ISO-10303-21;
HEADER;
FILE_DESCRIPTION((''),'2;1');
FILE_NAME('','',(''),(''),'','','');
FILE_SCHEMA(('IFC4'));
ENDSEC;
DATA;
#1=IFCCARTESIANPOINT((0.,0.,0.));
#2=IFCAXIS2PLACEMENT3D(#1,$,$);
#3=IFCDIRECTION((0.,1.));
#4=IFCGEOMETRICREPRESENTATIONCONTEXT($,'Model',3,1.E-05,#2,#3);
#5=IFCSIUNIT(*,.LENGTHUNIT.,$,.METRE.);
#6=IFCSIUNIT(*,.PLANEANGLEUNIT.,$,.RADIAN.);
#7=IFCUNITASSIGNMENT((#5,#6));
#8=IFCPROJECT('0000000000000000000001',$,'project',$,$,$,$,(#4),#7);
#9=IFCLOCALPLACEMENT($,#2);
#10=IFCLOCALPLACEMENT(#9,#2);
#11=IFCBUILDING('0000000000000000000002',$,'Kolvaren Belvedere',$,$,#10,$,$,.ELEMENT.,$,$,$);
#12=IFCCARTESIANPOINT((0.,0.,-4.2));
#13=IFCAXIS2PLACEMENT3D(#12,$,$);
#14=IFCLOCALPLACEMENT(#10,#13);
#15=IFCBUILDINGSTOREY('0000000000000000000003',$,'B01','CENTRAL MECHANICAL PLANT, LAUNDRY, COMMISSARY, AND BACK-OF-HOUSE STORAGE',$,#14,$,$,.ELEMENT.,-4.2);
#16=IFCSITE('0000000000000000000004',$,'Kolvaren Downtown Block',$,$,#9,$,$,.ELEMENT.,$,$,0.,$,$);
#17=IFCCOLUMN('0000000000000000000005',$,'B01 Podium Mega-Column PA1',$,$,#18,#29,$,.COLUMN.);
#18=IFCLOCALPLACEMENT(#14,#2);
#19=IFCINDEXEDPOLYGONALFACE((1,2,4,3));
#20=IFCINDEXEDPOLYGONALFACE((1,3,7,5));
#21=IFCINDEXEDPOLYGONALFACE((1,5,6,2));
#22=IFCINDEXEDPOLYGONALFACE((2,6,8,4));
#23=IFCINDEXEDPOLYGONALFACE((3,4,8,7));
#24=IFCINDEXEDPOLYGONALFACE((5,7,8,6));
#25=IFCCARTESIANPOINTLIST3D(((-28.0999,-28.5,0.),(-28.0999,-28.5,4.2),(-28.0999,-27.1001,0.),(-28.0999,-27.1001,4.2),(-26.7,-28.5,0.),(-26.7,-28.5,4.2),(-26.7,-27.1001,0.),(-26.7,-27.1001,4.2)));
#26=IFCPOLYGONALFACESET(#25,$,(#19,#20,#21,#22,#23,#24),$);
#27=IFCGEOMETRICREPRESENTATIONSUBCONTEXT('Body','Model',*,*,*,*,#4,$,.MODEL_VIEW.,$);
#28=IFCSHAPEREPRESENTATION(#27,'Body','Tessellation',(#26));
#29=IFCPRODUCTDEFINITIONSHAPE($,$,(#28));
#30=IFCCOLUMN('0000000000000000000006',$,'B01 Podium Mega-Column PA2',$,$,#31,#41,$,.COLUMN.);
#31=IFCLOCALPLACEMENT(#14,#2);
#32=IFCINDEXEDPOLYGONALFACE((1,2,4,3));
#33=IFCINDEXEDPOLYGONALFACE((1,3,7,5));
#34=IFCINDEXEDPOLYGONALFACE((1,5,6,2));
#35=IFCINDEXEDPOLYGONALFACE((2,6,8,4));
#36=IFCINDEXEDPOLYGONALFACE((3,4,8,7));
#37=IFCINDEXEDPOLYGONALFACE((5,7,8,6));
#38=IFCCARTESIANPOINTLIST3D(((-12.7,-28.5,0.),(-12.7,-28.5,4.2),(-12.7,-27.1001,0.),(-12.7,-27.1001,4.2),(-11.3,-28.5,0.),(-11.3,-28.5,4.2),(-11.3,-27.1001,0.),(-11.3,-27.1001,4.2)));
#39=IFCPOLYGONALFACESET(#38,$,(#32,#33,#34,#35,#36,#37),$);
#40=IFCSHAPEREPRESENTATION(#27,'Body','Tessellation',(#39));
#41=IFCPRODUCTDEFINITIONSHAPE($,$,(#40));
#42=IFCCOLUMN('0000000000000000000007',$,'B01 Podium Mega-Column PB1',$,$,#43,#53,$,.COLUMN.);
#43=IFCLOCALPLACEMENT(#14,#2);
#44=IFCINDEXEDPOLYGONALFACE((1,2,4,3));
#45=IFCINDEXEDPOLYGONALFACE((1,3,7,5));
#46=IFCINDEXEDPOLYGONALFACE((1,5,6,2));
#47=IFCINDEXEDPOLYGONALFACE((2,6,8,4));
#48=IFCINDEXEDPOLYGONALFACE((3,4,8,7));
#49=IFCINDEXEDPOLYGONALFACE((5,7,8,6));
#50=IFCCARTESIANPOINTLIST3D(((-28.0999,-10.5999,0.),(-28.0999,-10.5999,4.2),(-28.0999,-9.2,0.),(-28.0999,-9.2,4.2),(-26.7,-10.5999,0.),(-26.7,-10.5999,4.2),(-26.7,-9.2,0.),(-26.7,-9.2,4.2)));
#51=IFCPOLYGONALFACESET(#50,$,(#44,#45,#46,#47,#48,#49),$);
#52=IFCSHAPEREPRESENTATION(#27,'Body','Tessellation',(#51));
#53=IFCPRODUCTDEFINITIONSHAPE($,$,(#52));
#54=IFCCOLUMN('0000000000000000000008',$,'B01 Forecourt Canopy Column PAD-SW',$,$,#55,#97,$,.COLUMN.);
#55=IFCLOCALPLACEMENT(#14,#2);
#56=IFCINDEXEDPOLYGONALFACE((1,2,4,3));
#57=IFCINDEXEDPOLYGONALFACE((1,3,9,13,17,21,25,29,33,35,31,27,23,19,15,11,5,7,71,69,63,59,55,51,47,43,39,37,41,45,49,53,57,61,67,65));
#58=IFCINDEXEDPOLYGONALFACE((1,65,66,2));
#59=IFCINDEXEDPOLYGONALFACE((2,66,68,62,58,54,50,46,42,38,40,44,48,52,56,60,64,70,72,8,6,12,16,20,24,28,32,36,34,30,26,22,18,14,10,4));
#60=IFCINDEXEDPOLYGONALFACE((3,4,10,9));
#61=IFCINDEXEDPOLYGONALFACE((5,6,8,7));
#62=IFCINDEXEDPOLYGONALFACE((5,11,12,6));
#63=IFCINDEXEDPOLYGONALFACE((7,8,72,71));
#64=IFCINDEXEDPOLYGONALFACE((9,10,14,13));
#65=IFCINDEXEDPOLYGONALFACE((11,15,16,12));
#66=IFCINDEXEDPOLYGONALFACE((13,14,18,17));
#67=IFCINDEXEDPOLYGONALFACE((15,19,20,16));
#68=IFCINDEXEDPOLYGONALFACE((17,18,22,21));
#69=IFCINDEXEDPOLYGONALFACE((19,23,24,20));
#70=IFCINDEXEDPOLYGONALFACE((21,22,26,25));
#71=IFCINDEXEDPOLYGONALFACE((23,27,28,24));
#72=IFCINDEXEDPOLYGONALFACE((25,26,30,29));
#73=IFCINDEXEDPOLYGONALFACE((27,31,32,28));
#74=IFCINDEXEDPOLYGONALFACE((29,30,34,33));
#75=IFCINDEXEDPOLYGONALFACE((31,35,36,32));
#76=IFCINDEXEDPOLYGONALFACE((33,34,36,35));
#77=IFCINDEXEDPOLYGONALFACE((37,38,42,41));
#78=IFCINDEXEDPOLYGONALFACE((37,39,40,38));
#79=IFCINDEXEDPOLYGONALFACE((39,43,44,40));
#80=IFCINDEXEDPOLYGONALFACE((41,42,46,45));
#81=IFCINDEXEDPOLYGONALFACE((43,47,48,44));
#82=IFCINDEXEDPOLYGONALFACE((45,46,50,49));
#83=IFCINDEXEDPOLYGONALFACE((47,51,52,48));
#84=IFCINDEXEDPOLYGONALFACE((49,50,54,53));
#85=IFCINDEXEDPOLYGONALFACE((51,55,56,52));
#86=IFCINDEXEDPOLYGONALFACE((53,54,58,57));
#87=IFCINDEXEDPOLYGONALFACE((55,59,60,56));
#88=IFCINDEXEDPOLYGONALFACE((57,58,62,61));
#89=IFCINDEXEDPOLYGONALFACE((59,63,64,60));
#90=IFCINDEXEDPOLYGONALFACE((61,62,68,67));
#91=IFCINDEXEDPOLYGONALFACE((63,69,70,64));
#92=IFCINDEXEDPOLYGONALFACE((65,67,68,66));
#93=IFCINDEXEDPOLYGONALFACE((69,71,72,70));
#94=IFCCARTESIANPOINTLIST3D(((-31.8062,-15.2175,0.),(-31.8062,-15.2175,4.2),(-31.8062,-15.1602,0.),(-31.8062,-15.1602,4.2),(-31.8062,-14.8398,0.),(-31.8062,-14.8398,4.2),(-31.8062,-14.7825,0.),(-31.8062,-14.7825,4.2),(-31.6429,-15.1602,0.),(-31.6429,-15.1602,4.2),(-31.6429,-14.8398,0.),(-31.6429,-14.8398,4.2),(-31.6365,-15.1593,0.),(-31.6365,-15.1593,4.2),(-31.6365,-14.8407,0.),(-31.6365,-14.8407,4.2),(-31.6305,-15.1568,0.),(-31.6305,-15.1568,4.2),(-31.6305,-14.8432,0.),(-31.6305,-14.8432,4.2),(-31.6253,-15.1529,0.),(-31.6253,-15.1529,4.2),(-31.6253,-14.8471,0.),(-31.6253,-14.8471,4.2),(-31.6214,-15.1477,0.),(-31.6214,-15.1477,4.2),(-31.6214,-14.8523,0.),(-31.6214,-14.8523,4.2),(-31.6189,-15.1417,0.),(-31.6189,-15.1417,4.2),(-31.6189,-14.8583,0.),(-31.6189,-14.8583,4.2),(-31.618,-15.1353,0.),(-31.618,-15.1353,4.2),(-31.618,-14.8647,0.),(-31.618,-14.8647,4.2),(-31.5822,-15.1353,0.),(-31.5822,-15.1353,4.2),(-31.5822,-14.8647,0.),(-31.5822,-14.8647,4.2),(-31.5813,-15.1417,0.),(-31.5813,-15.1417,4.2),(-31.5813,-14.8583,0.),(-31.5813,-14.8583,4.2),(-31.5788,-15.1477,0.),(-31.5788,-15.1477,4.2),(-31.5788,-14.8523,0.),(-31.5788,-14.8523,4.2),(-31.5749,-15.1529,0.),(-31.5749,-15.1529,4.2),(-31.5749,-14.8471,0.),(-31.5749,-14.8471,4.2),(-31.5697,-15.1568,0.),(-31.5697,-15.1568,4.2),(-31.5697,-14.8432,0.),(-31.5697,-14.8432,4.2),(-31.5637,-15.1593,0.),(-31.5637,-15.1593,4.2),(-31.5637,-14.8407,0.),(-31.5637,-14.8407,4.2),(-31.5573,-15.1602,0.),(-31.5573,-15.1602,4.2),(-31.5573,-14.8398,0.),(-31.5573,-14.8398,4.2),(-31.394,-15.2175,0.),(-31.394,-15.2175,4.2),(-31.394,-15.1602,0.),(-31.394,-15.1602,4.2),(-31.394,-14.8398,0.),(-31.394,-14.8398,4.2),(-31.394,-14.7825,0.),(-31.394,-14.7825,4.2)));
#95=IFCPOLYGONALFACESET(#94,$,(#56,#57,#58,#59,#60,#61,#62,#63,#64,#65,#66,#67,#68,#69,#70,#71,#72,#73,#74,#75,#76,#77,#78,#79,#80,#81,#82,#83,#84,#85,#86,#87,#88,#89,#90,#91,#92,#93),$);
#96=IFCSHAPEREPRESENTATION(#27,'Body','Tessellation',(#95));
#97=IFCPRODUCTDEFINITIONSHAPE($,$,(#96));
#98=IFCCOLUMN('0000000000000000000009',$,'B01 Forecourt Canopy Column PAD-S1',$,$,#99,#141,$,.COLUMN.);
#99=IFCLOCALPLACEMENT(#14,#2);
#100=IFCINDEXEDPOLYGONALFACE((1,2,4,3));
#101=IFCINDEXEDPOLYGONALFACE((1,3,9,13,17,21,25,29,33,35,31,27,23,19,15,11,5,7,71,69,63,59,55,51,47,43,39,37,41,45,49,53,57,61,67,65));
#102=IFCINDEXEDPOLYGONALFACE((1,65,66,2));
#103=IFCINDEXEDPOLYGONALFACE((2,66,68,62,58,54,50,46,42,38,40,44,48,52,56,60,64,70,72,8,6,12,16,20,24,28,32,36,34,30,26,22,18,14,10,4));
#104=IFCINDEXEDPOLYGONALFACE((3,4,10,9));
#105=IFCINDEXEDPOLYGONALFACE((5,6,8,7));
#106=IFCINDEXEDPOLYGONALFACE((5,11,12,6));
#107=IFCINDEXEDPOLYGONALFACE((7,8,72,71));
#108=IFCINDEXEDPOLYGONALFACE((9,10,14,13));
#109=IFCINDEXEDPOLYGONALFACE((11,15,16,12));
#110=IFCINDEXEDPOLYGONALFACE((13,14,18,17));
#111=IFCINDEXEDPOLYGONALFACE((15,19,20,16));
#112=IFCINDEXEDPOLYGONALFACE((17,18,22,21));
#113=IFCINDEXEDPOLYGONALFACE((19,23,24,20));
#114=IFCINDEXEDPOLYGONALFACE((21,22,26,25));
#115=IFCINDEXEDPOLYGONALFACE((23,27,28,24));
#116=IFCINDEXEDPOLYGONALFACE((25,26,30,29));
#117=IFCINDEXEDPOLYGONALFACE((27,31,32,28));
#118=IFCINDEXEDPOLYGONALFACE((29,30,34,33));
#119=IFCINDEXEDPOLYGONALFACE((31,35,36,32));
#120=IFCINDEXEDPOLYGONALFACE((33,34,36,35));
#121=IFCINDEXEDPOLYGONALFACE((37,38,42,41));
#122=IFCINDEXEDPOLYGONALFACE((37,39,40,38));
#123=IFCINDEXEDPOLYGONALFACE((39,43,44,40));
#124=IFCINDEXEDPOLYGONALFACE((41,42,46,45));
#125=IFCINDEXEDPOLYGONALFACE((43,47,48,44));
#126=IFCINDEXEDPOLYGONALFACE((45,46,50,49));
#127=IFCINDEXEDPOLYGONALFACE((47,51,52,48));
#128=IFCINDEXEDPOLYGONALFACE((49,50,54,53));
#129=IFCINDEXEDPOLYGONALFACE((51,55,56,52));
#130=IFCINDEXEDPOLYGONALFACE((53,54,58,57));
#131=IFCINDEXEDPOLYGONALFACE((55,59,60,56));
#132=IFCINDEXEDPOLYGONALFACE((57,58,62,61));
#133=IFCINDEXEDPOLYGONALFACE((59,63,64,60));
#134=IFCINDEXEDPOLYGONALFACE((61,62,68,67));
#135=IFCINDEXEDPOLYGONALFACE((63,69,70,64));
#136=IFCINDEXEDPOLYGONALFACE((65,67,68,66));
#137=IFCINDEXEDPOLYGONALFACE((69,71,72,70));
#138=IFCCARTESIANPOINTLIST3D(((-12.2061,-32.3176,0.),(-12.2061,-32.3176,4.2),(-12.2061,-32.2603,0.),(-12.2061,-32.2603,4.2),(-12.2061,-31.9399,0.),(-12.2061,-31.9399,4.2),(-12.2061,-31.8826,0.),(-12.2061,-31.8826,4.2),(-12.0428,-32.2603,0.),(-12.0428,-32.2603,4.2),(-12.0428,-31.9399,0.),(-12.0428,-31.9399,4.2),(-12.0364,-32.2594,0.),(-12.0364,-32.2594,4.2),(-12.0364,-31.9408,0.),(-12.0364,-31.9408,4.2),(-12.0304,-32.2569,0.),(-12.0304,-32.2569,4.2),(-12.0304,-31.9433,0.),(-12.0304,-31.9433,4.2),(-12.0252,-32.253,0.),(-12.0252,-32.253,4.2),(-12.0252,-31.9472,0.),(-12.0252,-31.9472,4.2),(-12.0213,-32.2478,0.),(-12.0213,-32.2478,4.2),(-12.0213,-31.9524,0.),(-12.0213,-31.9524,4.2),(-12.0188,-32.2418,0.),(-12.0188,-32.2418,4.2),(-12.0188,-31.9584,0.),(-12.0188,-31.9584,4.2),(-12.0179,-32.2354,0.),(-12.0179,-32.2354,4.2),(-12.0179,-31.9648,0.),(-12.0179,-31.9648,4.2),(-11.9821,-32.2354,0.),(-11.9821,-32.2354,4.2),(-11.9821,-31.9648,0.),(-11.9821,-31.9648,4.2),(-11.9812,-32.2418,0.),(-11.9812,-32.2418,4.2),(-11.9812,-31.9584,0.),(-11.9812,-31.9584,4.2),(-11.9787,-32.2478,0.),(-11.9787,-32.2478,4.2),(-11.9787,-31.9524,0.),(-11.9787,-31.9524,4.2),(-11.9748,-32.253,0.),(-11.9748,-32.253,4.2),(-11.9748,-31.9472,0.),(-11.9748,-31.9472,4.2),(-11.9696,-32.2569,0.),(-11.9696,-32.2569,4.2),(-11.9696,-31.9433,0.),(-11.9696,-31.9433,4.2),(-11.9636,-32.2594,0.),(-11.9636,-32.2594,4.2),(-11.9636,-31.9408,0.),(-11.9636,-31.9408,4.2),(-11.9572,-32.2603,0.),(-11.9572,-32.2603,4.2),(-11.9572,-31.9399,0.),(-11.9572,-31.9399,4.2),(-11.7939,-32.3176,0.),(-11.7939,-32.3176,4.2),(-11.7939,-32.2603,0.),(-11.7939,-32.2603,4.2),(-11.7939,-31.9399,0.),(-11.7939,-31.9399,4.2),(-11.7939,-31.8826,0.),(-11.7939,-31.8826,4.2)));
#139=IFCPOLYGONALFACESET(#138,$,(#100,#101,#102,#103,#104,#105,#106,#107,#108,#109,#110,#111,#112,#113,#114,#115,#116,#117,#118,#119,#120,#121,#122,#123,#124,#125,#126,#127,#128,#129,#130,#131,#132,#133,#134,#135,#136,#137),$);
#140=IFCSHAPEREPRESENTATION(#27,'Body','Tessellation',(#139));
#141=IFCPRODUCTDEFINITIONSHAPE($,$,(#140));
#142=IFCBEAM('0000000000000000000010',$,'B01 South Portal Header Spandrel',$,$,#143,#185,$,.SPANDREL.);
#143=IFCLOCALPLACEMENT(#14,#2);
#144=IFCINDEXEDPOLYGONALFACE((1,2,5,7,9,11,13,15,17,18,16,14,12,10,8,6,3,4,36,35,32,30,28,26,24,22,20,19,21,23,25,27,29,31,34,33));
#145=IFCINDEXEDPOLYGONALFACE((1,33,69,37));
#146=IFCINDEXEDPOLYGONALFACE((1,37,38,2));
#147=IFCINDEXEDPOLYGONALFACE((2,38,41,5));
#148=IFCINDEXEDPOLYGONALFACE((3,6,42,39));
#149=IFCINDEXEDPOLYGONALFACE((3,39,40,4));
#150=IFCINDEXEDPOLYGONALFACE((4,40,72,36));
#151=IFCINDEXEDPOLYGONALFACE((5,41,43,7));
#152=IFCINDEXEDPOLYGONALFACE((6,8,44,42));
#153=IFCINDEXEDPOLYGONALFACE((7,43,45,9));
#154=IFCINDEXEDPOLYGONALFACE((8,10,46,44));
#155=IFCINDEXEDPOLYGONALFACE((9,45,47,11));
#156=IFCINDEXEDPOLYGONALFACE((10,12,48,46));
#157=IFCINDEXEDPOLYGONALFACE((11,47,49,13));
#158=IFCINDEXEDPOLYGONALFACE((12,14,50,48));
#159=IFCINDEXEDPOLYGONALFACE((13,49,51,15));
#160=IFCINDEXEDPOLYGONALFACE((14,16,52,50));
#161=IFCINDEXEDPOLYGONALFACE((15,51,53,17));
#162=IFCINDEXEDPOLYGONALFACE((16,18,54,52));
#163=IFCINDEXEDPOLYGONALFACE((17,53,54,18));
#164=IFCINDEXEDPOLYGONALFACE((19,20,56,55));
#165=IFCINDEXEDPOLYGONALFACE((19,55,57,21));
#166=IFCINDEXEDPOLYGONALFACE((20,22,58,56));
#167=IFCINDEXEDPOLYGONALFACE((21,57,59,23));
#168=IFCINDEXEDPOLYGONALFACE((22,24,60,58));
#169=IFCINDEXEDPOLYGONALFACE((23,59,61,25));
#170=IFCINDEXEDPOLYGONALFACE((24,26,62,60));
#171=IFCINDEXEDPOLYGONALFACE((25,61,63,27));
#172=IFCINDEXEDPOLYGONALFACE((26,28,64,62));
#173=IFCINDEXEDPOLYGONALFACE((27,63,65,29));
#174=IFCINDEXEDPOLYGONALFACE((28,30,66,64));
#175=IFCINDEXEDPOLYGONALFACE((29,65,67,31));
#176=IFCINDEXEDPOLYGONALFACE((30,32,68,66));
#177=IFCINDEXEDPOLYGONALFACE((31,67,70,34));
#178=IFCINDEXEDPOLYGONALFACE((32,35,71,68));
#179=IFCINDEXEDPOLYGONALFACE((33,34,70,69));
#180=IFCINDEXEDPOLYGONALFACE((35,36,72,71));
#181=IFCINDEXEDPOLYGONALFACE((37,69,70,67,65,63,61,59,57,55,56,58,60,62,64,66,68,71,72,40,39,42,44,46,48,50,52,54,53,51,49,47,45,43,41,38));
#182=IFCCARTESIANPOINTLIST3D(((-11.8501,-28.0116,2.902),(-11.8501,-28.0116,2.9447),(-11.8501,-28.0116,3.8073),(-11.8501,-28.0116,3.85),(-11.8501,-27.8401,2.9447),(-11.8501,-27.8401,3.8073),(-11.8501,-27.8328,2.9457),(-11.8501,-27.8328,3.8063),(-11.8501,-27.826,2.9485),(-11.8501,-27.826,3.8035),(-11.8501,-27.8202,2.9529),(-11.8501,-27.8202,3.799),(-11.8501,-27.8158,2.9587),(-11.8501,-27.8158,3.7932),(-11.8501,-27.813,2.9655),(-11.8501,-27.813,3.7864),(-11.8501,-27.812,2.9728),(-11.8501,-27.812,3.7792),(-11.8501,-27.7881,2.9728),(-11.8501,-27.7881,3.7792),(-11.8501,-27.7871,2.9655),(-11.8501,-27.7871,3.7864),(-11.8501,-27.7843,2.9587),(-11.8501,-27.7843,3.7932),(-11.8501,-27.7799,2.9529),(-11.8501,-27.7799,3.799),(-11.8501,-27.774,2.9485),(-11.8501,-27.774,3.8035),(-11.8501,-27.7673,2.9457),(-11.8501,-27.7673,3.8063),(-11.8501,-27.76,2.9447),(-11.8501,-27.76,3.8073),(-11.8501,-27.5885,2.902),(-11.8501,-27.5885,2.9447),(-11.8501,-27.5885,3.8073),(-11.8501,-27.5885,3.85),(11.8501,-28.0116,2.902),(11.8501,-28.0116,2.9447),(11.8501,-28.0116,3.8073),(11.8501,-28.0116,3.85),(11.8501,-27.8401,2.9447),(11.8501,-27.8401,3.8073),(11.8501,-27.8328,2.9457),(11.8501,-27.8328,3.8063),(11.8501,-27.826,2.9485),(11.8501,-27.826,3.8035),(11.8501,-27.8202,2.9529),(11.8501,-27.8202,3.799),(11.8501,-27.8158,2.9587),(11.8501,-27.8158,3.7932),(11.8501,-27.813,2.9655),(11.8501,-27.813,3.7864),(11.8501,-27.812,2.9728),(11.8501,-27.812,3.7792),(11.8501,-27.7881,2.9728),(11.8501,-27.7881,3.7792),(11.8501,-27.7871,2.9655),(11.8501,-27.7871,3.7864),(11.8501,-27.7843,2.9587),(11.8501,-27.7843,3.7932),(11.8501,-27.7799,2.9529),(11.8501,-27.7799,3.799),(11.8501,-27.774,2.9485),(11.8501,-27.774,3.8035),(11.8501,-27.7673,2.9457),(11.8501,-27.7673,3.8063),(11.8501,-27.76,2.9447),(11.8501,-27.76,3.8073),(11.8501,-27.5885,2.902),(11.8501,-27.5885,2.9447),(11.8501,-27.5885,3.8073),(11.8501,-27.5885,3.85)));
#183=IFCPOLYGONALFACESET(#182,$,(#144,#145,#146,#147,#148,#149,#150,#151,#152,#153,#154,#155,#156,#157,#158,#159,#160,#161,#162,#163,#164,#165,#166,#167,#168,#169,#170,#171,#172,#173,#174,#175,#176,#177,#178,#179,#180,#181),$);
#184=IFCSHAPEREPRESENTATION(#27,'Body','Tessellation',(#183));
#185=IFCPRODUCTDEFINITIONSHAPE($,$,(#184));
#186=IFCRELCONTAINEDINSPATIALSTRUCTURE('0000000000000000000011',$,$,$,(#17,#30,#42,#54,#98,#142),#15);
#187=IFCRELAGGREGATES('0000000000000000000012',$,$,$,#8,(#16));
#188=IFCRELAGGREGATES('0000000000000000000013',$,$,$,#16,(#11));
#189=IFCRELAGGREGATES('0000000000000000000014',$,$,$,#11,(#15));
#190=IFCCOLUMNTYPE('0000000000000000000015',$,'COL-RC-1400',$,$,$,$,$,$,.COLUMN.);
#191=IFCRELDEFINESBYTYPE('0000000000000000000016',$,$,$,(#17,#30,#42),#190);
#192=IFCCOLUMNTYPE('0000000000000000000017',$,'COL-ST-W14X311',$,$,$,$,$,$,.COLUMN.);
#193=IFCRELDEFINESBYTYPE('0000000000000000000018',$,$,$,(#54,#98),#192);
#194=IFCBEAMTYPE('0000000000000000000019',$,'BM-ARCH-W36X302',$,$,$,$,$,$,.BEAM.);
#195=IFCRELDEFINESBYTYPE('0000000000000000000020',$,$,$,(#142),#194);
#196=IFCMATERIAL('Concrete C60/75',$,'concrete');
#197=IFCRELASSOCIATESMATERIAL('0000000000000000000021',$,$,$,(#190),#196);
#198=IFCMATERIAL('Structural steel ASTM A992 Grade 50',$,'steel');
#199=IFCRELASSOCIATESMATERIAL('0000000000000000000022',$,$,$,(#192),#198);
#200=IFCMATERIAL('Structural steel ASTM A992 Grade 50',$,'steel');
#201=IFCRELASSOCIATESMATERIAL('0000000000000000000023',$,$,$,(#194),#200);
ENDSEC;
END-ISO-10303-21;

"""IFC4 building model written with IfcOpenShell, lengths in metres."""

from ifc_helpers import new_model, si_unit, direction, frame, origin, origin_2d, place, context, subcontext, project, spatial, rectangle, i_section, extrude, material, material_profile, profile_set, type_object, element, save


model = new_model("IFC4")

# Units and contexts
model_context = context("Model", 3, precision=1e-05, world=origin(), true_north=direction((0.0, 1.0)))
body_context = subcontext(model_context, "Body", "Model", "MODEL_VIEW")
ifc_project = project(units=[si_unit("LENGTHUNIT", "METRE"), si_unit("PLANEANGLEUNIT", "RADIAN")], contexts=[model_context])

# Site, building, storey
site_placement = place(None, origin())
site = spatial("IfcSite", under=ifc_project, at=site_placement, Name="Kolvaren Downtown Block", CompositionType="ELEMENT", RefElevation=0.0)
building_placement = place(site_placement, origin())
building = spatial("IfcBuilding", under=site, at=building_placement, Name="Kolvaren Belvedere", CompositionType="ELEMENT")
storey_placement = place(building_placement, frame((0.0, 0.0, -4.2)))
storey = spatial("IfcBuildingStorey", under=building, at=storey_placement, Name="B01", Description="CENTRAL MECHANICAL PLANT, LAUNDRY, COMMISSARY, AND BACK-OF-HOUSE STORAGE", CompositionType="ELEMENT", Elevation=-4.2)

# Columns
ifc_material_1 = material(Name="Concrete C60/75", Category="concrete")
ifc_material_profile_1 = material_profile(ifc_material_1, rectangle(XDim=1.3999, YDim=1.3999, at=origin_2d()), Name="RC 1400X1400")
ifc_profile_set_1 = profile_set([ifc_material_profile_1], Name="Concrete C60/75")
column_type_1 = type_object("IfcColumnType", Name="COL-RC-1400", PredefinedType="COLUMN", material=ifc_profile_set_1)
for number, where, z_axis, x_axis, name in (
    (1, (-27.3999, -27.8, 0.0), (0.0, 0.0, 1.0), (1.0, 0.0, 0.0), "B01 Podium Mega-Column PA1"),
    (2, (-12.0, -27.8, 0.0), (0.0, 0.0, 1.0), (1.0, 0.0, 0.0), "B01 Podium Mega-Column PA2"),
    (3, (-27.3999, -9.8999, 0.0), (0.0, 0.0, 1.0), (1.0, 0.0, 0.0), "B01 Podium Mega-Column PB1"),
):
    element("IfcColumn", number, at=place(storey_placement, frame(where, z_axis=z_axis, x_axis=x_axis)), inside=storey, type_object=column_type_1, Name=name, PredefinedType="COLUMN", context=body_context, shape_type="SweptSolid", body=[
        extrude(rectangle(XDim=1.3999, YDim=1.3999, at=origin_2d()), origin(), (0.0, 0.0, 1.0), 4.2),
    ])
ifc_material_2 = material(Name="Structural steel ASTM A992 Grade 50", Category="steel")
ifc_material_profile_2 = material_profile(ifc_material_2, i_section(OverallWidth=0.4121, OverallDepth=0.4351, WebThickness=0.0359, FlangeThickness=0.0574, FilletRadius=0.0249, at=origin_2d()), Name="W14X311")
ifc_profile_set_2 = profile_set([ifc_material_profile_2], Name="Structural steel ASTM A992 Grade 50")
column_type_2 = type_object("IfcColumnType", Name="COL-ST-W14X311", PredefinedType="COLUMN", material=ifc_profile_set_2)
for number, where, z_axis, x_axis, name in (
    (4, (-31.6001, -15.0, 0.0), (0.0, 0.0, 1.0), (1.0, 0.0, 0.0), "B01 Forecourt Canopy Column PAD-SW"),
    (5, (-12.0, -32.1001, 0.0), (0.0, 0.0, 1.0), (1.0, 0.0, 0.0), "B01 Forecourt Canopy Column PAD-S1"),
):
    element("IfcColumn", number, at=place(storey_placement, frame(where, z_axis=z_axis, x_axis=x_axis)), inside=storey, type_object=column_type_2, Name=name, PredefinedType="COLUMN", context=body_context, shape_type="SweptSolid", body=[
        extrude(i_section(OverallWidth=0.4121, OverallDepth=0.4351, WebThickness=0.0359, FlangeThickness=0.0574, FilletRadius=0.0249, at=origin_2d()), origin(), (0.0, 0.0, 1.0), 4.2),
    ])

# Beam
ifc_material_3 = material(Name="Structural steel ASTM A992 Grade 50", Category="steel")
ifc_material_profile_3 = material_profile(ifc_material_3, i_section(OverallWidth=0.4231, OverallDepth=0.948, WebThickness=0.0239, FlangeThickness=0.0427, FilletRadius=0.0281, at=origin_2d()), Name="W36X302")
ifc_profile_set_3 = profile_set([ifc_material_profile_3], Name="Structural steel ASTM A992 Grade 50")
beam_type_1 = type_object("IfcBeamType", Name="BM-ARCH-W36X302", PredefinedType="BEAM", material=ifc_profile_set_3)
beam_1_placement = place(storey_placement, frame((-11.8501, -27.8, 3.376), z_axis=(1.0, 0.0, 0.0), x_axis=(0.0, 1.0, 0.0)))
element("IfcBeam", 6, at=beam_1_placement, inside=storey, type_object=beam_type_1, Name="B01 South Portal Header Spandrel", PredefinedType="SPANDREL", context=body_context, shape_type="SweptSolid", body=[
    extrude(i_section(OverallWidth=0.4231, OverallDepth=0.948, WebThickness=0.0239, FlangeThickness=0.0427, FilletRadius=0.0281, at=origin_2d()), origin(), (0.0, 0.0, 1.0), 23.7002),
])

save(model, "model.ifc")
